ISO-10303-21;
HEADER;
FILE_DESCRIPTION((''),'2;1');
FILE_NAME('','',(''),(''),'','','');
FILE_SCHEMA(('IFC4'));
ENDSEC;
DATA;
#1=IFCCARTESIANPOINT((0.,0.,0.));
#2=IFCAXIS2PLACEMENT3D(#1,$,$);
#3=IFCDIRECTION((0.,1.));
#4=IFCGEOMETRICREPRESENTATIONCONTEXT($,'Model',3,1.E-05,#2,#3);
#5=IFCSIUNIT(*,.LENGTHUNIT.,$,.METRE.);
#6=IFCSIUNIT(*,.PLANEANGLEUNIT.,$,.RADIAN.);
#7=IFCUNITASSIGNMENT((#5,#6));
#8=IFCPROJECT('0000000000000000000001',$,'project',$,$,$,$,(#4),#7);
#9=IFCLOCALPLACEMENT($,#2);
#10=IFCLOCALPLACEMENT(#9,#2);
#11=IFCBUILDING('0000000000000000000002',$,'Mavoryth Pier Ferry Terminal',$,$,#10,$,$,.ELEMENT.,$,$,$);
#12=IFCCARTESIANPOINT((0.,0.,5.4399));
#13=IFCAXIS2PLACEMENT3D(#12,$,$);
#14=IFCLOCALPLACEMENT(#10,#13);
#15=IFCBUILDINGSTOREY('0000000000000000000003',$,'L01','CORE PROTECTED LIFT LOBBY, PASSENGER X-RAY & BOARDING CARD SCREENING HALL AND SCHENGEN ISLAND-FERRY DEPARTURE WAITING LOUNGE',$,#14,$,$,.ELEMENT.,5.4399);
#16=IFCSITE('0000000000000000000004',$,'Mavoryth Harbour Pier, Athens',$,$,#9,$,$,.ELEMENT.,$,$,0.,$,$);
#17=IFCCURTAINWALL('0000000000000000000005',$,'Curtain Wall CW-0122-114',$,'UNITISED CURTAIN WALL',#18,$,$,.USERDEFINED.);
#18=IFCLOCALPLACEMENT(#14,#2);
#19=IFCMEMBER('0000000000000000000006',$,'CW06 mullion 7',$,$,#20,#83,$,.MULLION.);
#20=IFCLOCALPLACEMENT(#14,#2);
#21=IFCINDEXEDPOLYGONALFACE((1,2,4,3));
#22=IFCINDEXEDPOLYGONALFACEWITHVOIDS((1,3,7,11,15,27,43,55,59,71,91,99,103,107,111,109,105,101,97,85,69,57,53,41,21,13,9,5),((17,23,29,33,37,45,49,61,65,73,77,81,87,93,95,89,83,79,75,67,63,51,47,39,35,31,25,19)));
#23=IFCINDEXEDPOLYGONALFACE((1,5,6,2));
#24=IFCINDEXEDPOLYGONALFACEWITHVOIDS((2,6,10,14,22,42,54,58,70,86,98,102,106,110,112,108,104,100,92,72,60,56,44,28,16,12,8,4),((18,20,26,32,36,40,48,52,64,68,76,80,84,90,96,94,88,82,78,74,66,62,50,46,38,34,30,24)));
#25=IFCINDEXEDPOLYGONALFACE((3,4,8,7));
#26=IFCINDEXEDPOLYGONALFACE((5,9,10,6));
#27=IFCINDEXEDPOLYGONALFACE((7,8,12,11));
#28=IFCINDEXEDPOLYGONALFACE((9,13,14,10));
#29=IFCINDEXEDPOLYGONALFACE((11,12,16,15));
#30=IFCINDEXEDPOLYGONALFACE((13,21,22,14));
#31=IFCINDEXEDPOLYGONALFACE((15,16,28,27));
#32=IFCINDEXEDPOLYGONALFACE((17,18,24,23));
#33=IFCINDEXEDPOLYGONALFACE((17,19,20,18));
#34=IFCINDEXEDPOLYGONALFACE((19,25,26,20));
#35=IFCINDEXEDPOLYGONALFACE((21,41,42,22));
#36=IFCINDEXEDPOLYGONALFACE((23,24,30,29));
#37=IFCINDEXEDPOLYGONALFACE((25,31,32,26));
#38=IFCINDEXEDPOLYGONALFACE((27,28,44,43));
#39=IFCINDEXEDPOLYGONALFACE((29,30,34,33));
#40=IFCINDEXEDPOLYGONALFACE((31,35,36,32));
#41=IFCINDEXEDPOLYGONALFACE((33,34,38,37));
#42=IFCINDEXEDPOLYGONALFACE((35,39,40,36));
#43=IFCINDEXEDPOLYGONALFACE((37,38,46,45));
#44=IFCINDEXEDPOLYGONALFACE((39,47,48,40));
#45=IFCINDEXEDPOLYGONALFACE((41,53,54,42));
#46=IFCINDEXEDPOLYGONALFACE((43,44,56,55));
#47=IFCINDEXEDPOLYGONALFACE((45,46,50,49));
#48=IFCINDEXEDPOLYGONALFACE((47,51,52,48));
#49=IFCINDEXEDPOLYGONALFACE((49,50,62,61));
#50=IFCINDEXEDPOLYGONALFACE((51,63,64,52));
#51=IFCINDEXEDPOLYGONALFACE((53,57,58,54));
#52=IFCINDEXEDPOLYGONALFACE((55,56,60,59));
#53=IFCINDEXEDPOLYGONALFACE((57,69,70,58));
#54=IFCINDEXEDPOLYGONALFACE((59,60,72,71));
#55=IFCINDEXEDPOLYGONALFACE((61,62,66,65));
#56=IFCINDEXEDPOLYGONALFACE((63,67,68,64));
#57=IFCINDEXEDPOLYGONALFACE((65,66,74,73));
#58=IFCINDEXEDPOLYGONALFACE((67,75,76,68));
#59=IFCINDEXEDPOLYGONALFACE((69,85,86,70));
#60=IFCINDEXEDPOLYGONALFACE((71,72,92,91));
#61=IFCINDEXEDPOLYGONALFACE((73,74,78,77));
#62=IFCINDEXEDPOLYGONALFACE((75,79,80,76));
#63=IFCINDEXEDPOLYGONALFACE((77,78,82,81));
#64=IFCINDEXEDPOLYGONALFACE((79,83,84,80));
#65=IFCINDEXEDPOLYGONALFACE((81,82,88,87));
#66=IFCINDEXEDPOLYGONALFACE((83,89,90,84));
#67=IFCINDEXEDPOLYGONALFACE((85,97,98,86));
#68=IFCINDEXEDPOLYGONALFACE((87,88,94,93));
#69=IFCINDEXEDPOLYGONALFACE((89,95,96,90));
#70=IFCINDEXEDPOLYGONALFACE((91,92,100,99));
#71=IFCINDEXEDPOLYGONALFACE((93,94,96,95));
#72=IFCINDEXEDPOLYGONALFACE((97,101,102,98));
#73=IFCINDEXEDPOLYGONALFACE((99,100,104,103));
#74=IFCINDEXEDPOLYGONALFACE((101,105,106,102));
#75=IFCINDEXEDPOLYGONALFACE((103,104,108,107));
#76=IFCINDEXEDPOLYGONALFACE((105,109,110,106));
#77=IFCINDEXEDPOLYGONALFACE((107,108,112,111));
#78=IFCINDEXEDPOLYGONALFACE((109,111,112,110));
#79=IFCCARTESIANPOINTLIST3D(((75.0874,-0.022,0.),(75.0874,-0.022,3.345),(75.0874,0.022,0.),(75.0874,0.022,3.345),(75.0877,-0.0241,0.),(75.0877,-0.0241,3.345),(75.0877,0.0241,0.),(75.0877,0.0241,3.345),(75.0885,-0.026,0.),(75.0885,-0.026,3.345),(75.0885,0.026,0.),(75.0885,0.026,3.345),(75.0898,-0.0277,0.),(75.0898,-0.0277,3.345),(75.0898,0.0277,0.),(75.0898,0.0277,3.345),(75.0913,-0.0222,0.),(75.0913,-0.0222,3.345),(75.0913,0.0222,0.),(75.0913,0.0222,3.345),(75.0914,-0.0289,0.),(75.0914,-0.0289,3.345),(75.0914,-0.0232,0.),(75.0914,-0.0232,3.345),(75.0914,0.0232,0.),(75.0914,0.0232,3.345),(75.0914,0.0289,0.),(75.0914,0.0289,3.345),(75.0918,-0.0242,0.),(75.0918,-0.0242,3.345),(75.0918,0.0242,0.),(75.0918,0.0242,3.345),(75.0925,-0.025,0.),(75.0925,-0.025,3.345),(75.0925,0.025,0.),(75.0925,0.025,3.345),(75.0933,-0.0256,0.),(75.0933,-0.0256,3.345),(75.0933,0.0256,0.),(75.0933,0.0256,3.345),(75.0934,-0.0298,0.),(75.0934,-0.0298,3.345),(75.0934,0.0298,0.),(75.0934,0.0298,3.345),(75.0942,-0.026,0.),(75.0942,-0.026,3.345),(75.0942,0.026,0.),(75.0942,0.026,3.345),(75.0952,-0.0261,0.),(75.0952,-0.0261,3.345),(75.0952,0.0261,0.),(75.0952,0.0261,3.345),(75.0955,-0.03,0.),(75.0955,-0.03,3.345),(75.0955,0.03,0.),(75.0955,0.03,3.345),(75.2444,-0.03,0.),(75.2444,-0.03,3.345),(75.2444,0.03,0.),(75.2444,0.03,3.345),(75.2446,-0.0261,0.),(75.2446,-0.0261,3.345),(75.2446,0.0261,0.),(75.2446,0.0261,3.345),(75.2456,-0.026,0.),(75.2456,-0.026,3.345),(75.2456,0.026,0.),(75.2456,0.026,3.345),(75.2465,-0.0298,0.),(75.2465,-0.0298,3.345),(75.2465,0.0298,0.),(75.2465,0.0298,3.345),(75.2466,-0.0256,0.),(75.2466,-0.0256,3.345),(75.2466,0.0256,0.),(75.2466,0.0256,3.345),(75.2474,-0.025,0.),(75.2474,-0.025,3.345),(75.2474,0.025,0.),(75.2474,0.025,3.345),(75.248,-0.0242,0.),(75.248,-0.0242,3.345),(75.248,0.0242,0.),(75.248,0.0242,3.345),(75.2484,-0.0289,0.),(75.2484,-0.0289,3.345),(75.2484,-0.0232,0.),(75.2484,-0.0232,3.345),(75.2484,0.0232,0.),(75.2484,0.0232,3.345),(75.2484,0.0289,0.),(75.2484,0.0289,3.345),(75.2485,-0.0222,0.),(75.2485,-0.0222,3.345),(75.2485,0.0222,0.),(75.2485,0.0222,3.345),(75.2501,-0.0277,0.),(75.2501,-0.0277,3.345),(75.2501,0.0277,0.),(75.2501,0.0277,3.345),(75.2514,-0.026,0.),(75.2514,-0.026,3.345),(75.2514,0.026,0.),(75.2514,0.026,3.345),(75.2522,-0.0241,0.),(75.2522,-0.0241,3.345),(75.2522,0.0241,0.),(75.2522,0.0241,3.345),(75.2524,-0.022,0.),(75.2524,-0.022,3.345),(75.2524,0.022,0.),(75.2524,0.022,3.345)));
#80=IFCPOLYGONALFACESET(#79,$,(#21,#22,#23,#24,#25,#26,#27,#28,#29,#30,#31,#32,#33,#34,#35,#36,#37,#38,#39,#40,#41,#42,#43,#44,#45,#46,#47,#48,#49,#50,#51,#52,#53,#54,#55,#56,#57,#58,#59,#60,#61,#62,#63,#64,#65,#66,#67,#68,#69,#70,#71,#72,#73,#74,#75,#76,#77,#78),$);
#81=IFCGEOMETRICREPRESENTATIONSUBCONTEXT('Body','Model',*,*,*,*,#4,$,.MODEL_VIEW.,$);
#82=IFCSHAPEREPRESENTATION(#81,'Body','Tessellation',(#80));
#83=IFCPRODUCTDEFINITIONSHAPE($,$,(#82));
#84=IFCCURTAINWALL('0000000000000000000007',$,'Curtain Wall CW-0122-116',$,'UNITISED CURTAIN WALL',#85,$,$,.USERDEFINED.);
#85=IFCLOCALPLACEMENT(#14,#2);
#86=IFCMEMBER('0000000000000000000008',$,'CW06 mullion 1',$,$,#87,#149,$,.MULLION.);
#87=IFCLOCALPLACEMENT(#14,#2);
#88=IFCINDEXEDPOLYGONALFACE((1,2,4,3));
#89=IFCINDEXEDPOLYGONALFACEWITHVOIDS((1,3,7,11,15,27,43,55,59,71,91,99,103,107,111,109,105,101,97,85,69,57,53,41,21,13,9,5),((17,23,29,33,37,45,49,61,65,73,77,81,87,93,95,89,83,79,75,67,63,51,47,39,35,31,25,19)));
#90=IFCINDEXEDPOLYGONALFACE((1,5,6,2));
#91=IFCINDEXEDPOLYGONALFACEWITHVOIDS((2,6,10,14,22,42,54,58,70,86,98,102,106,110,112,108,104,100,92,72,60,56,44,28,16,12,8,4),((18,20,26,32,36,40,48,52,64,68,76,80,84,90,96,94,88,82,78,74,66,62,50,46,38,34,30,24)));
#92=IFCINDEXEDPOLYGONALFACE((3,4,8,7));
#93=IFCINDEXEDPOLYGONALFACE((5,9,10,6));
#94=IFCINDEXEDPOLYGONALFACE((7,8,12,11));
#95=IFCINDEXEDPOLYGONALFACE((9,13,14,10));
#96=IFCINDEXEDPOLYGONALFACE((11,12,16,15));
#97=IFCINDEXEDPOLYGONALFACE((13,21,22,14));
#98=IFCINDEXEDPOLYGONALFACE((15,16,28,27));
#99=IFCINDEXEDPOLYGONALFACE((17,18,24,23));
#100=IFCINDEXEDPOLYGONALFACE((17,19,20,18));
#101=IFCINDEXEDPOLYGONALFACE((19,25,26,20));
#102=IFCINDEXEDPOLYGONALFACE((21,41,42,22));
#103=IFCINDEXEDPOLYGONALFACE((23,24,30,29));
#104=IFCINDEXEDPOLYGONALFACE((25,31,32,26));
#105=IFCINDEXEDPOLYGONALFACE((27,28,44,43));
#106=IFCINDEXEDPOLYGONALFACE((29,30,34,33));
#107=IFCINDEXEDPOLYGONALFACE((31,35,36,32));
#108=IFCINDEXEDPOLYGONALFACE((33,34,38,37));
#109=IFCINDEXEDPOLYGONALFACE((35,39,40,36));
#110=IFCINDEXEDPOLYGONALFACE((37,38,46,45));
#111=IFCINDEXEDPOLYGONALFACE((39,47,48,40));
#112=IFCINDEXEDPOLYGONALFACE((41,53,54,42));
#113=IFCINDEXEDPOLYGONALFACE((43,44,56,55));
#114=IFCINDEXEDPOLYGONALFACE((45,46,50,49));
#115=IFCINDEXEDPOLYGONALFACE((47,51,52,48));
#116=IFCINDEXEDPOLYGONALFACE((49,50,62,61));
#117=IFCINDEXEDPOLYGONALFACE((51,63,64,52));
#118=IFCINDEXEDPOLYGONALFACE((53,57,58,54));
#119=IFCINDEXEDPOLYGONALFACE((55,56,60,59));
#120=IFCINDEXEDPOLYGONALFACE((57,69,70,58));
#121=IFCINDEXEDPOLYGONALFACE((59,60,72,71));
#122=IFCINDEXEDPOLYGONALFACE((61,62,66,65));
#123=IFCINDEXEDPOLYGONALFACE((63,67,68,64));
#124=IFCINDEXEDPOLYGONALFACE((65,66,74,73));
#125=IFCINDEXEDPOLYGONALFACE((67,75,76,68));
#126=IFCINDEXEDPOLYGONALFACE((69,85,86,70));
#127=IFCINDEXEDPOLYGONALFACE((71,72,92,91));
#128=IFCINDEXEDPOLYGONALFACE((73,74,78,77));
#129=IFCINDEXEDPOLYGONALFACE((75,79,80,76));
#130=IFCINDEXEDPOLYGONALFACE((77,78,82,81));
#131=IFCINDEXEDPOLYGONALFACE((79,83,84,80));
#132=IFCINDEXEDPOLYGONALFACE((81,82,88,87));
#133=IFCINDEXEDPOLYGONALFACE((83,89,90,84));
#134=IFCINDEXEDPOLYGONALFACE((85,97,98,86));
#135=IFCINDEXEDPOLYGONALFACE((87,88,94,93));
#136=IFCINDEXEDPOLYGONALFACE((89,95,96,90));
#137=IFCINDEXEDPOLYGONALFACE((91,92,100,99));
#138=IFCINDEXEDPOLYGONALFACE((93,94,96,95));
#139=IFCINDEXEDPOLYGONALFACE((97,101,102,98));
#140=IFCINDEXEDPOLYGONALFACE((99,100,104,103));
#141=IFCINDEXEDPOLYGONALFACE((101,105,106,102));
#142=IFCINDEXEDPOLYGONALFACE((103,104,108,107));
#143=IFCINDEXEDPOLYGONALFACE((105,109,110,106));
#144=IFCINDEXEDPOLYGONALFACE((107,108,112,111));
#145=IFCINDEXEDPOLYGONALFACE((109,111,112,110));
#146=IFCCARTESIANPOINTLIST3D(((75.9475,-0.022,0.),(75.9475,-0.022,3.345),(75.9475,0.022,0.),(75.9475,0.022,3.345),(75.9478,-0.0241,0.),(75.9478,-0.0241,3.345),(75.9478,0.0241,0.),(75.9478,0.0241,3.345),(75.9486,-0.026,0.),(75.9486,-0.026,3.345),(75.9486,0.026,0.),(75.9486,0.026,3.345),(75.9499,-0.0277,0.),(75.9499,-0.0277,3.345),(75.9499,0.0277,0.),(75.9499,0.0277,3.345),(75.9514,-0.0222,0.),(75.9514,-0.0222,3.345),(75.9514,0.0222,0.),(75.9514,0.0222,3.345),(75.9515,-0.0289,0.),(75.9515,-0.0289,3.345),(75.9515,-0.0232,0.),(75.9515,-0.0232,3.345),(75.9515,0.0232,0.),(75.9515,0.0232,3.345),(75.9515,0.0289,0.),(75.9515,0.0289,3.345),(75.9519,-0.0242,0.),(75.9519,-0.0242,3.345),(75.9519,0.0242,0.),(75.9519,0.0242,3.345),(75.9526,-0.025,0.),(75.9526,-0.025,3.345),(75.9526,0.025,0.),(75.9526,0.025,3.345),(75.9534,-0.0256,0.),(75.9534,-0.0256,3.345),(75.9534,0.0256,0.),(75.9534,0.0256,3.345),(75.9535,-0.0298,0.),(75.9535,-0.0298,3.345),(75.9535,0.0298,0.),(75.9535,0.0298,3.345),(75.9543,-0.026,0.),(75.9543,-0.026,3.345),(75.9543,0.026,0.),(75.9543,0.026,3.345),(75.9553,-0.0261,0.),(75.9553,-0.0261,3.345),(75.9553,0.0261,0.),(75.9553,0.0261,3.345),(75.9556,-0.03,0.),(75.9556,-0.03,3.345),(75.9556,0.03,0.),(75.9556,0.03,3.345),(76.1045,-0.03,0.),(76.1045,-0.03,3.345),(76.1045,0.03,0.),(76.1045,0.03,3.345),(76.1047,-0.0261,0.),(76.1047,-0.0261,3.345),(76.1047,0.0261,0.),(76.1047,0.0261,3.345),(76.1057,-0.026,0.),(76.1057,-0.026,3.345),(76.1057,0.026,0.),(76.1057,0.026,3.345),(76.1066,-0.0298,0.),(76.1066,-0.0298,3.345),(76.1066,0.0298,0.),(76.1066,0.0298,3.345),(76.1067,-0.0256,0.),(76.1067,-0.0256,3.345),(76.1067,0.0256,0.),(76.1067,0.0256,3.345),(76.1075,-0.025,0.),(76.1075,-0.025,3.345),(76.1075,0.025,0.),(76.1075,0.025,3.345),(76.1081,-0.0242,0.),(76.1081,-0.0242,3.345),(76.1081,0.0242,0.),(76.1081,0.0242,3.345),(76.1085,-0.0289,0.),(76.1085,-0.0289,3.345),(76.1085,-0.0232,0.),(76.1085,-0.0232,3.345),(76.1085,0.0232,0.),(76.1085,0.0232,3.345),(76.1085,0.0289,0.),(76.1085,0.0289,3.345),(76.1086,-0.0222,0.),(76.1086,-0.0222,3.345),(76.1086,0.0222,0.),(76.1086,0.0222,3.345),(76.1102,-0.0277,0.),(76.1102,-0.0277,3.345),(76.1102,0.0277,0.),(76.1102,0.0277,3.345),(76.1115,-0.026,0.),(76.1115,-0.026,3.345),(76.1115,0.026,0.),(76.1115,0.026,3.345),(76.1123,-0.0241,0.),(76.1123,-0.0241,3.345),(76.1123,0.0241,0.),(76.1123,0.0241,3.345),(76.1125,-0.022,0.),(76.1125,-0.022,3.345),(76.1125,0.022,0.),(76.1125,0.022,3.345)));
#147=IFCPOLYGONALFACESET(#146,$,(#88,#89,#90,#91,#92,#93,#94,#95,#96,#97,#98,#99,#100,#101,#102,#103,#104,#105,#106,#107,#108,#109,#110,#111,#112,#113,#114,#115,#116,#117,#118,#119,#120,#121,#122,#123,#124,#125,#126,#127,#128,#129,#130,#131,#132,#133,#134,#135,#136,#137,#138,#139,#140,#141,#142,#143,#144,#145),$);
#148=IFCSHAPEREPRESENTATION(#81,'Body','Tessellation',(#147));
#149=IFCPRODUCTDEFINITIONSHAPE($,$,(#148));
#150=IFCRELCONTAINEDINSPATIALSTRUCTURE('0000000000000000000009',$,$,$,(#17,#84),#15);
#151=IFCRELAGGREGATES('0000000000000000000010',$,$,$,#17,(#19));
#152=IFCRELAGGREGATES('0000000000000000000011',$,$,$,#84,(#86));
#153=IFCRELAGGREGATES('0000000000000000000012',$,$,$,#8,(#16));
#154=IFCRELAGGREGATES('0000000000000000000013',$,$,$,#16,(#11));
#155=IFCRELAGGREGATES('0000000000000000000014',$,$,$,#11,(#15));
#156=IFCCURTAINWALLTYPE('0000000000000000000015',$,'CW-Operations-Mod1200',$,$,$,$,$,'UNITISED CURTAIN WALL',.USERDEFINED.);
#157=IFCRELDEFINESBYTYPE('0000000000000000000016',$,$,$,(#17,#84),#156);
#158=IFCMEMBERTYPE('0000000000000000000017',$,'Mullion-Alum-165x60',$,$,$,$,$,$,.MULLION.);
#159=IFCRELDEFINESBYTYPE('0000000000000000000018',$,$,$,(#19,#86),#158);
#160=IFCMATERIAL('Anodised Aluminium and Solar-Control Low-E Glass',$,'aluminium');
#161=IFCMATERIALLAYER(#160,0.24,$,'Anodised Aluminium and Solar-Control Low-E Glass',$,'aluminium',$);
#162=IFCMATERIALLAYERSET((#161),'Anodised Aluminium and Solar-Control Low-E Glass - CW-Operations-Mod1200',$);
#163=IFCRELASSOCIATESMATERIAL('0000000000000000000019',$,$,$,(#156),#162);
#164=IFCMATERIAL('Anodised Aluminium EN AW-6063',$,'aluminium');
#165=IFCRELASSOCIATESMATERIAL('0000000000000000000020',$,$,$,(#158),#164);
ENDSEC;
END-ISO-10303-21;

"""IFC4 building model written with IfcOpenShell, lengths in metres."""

from ifc_helpers import new_model, si_unit, direction, frame, origin, origin_2d, place, context, subcontext, project, spatial, hollow_rectangle, extrude, material, layer, layer_set, material_profile, profile_set, type_object, element, aggregate, save


model = new_model("IFC4")

# Units and contexts
model_context = context("Model", 3, precision=1e-05, world=origin(), true_north=direction((0.0, 1.0)))
body_context = subcontext(model_context, "Body", "Model", "MODEL_VIEW")
ifc_project = project(units=[si_unit("LENGTHUNIT", "METRE"), si_unit("PLANEANGLEUNIT", "RADIAN")], contexts=[model_context])

# Site, building, storey
site_placement = place(None, origin())
site = spatial("IfcSite", under=ifc_project, at=site_placement, Name="Mavoryth Harbour Pier, Athens", CompositionType="ELEMENT", RefElevation=0.0)
building_placement = place(site_placement, origin())
building = spatial("IfcBuilding", under=site, at=building_placement, Name="Mavoryth Pier Ferry Terminal", CompositionType="ELEMENT")
storey_placement = place(building_placement, frame((0.0, 0.0, 5.4399)))
storey = spatial("IfcBuildingStorey", under=building, at=storey_placement, Name="L01", Description="CORE PROTECTED LIFT LOBBY, PASSENGER X-RAY & BOARDING CARD SCREENING HALL AND SCHENGEN ISLAND-FERRY DEPARTURE WAITING LOUNGE", CompositionType="ELEMENT", Elevation=5.4399)

# Curtain walls, members
ifc_material_1 = material(Name="Anodised Aluminium and Solar-Control Low-E Glass", Category="aluminium")
ifc_layer_1 = layer(ifc_material_1, 0.24, Name="Anodised Aluminium and Solar-Control Low-E Glass", Category="aluminium")
ifc_layer_set_1 = layer_set([ifc_layer_1], Name="Anodised Aluminium and Solar-Control Low-E Glass - CW-Operations-Mod1200")
curtain_wall_type = type_object("IfcCurtainWallType", Name="CW-Operations-Mod1200", ElementType="UNITISED CURTAIN WALL", PredefinedType="USERDEFINED", material=ifc_layer_set_1)
curtain_wall_1_placement = place(storey_placement, origin())
curtain_wall_1 = element("IfcCurtainWall", 1, at=curtain_wall_1_placement, inside=storey, type_object=curtain_wall_type, Name="Curtain Wall CW-0122-114", ObjectType="UNITISED CURTAIN WALL", PredefinedType="USERDEFINED")
ifc_material_2 = material(Name="Anodised Aluminium EN AW-6063", Category="aluminium")
ifc_material_profile_1 = material_profile(ifc_material_2, hollow_rectangle(XDim=0.0601, YDim=0.165, WallThickness=0.0039, InnerFilletRadius=0.0039, OuterFilletRadius=0.0081, at=origin_2d()), Name="AL-MULL 165x60x4", Category="aluminium")
ifc_profile_set_1 = profile_set([ifc_material_profile_1], Name="Anodised Aluminium EN AW-6063 - AL-MULL 165x60x4")
member_type_1 = type_object("IfcMemberType", Name="Mullion-Alum-165x60", PredefinedType="MULLION", material=ifc_profile_set_1)
member_1_placement = place(storey_placement, frame((75.1699, 0.0, 0.0), z_axis=(0.0, 0.0, 1.0), x_axis=(0.0, 1.0, 0.0)))
member_1 = element("IfcMember", 2, at=member_1_placement, type_object=member_type_1, Name="CW06 mullion 7", PredefinedType="MULLION", context=body_context, shape_type="SweptSolid", body=[
    extrude(hollow_rectangle(XDim=0.0601, YDim=0.165, WallThickness=0.0039, InnerFilletRadius=0.0039, OuterFilletRadius=0.0081, at=origin_2d()), origin(), (0.0, 0.0, 1.0), 3.345),
])
curtain_wall_2_placement = place(storey_placement, origin())
curtain_wall_2 = element("IfcCurtainWall", 3, at=curtain_wall_2_placement, inside=storey, type_object=curtain_wall_type, Name="Curtain Wall CW-0122-116", ObjectType="UNITISED CURTAIN WALL", PredefinedType="USERDEFINED")
member_2_placement = place(storey_placement, frame((76.03, 0.0, 0.0), z_axis=(0.0, 0.0, 1.0), x_axis=(0.0, 1.0, 0.0)))
member_2 = element("IfcMember", 4, at=member_2_placement, type_object=member_type_1, Name="CW06 mullion 1", PredefinedType="MULLION", context=body_context, shape_type="SweptSolid", body=[
    extrude(hollow_rectangle(XDim=0.0601, YDim=0.165, WallThickness=0.0039, InnerFilletRadius=0.0039, OuterFilletRadius=0.0081, at=origin_2d()), origin(), (0.0, 0.0, 1.0), 3.345),
])

aggregate(curtain_wall_1, [member_1])
aggregate(curtain_wall_2, [member_2])

save(model, "model.ifc")
